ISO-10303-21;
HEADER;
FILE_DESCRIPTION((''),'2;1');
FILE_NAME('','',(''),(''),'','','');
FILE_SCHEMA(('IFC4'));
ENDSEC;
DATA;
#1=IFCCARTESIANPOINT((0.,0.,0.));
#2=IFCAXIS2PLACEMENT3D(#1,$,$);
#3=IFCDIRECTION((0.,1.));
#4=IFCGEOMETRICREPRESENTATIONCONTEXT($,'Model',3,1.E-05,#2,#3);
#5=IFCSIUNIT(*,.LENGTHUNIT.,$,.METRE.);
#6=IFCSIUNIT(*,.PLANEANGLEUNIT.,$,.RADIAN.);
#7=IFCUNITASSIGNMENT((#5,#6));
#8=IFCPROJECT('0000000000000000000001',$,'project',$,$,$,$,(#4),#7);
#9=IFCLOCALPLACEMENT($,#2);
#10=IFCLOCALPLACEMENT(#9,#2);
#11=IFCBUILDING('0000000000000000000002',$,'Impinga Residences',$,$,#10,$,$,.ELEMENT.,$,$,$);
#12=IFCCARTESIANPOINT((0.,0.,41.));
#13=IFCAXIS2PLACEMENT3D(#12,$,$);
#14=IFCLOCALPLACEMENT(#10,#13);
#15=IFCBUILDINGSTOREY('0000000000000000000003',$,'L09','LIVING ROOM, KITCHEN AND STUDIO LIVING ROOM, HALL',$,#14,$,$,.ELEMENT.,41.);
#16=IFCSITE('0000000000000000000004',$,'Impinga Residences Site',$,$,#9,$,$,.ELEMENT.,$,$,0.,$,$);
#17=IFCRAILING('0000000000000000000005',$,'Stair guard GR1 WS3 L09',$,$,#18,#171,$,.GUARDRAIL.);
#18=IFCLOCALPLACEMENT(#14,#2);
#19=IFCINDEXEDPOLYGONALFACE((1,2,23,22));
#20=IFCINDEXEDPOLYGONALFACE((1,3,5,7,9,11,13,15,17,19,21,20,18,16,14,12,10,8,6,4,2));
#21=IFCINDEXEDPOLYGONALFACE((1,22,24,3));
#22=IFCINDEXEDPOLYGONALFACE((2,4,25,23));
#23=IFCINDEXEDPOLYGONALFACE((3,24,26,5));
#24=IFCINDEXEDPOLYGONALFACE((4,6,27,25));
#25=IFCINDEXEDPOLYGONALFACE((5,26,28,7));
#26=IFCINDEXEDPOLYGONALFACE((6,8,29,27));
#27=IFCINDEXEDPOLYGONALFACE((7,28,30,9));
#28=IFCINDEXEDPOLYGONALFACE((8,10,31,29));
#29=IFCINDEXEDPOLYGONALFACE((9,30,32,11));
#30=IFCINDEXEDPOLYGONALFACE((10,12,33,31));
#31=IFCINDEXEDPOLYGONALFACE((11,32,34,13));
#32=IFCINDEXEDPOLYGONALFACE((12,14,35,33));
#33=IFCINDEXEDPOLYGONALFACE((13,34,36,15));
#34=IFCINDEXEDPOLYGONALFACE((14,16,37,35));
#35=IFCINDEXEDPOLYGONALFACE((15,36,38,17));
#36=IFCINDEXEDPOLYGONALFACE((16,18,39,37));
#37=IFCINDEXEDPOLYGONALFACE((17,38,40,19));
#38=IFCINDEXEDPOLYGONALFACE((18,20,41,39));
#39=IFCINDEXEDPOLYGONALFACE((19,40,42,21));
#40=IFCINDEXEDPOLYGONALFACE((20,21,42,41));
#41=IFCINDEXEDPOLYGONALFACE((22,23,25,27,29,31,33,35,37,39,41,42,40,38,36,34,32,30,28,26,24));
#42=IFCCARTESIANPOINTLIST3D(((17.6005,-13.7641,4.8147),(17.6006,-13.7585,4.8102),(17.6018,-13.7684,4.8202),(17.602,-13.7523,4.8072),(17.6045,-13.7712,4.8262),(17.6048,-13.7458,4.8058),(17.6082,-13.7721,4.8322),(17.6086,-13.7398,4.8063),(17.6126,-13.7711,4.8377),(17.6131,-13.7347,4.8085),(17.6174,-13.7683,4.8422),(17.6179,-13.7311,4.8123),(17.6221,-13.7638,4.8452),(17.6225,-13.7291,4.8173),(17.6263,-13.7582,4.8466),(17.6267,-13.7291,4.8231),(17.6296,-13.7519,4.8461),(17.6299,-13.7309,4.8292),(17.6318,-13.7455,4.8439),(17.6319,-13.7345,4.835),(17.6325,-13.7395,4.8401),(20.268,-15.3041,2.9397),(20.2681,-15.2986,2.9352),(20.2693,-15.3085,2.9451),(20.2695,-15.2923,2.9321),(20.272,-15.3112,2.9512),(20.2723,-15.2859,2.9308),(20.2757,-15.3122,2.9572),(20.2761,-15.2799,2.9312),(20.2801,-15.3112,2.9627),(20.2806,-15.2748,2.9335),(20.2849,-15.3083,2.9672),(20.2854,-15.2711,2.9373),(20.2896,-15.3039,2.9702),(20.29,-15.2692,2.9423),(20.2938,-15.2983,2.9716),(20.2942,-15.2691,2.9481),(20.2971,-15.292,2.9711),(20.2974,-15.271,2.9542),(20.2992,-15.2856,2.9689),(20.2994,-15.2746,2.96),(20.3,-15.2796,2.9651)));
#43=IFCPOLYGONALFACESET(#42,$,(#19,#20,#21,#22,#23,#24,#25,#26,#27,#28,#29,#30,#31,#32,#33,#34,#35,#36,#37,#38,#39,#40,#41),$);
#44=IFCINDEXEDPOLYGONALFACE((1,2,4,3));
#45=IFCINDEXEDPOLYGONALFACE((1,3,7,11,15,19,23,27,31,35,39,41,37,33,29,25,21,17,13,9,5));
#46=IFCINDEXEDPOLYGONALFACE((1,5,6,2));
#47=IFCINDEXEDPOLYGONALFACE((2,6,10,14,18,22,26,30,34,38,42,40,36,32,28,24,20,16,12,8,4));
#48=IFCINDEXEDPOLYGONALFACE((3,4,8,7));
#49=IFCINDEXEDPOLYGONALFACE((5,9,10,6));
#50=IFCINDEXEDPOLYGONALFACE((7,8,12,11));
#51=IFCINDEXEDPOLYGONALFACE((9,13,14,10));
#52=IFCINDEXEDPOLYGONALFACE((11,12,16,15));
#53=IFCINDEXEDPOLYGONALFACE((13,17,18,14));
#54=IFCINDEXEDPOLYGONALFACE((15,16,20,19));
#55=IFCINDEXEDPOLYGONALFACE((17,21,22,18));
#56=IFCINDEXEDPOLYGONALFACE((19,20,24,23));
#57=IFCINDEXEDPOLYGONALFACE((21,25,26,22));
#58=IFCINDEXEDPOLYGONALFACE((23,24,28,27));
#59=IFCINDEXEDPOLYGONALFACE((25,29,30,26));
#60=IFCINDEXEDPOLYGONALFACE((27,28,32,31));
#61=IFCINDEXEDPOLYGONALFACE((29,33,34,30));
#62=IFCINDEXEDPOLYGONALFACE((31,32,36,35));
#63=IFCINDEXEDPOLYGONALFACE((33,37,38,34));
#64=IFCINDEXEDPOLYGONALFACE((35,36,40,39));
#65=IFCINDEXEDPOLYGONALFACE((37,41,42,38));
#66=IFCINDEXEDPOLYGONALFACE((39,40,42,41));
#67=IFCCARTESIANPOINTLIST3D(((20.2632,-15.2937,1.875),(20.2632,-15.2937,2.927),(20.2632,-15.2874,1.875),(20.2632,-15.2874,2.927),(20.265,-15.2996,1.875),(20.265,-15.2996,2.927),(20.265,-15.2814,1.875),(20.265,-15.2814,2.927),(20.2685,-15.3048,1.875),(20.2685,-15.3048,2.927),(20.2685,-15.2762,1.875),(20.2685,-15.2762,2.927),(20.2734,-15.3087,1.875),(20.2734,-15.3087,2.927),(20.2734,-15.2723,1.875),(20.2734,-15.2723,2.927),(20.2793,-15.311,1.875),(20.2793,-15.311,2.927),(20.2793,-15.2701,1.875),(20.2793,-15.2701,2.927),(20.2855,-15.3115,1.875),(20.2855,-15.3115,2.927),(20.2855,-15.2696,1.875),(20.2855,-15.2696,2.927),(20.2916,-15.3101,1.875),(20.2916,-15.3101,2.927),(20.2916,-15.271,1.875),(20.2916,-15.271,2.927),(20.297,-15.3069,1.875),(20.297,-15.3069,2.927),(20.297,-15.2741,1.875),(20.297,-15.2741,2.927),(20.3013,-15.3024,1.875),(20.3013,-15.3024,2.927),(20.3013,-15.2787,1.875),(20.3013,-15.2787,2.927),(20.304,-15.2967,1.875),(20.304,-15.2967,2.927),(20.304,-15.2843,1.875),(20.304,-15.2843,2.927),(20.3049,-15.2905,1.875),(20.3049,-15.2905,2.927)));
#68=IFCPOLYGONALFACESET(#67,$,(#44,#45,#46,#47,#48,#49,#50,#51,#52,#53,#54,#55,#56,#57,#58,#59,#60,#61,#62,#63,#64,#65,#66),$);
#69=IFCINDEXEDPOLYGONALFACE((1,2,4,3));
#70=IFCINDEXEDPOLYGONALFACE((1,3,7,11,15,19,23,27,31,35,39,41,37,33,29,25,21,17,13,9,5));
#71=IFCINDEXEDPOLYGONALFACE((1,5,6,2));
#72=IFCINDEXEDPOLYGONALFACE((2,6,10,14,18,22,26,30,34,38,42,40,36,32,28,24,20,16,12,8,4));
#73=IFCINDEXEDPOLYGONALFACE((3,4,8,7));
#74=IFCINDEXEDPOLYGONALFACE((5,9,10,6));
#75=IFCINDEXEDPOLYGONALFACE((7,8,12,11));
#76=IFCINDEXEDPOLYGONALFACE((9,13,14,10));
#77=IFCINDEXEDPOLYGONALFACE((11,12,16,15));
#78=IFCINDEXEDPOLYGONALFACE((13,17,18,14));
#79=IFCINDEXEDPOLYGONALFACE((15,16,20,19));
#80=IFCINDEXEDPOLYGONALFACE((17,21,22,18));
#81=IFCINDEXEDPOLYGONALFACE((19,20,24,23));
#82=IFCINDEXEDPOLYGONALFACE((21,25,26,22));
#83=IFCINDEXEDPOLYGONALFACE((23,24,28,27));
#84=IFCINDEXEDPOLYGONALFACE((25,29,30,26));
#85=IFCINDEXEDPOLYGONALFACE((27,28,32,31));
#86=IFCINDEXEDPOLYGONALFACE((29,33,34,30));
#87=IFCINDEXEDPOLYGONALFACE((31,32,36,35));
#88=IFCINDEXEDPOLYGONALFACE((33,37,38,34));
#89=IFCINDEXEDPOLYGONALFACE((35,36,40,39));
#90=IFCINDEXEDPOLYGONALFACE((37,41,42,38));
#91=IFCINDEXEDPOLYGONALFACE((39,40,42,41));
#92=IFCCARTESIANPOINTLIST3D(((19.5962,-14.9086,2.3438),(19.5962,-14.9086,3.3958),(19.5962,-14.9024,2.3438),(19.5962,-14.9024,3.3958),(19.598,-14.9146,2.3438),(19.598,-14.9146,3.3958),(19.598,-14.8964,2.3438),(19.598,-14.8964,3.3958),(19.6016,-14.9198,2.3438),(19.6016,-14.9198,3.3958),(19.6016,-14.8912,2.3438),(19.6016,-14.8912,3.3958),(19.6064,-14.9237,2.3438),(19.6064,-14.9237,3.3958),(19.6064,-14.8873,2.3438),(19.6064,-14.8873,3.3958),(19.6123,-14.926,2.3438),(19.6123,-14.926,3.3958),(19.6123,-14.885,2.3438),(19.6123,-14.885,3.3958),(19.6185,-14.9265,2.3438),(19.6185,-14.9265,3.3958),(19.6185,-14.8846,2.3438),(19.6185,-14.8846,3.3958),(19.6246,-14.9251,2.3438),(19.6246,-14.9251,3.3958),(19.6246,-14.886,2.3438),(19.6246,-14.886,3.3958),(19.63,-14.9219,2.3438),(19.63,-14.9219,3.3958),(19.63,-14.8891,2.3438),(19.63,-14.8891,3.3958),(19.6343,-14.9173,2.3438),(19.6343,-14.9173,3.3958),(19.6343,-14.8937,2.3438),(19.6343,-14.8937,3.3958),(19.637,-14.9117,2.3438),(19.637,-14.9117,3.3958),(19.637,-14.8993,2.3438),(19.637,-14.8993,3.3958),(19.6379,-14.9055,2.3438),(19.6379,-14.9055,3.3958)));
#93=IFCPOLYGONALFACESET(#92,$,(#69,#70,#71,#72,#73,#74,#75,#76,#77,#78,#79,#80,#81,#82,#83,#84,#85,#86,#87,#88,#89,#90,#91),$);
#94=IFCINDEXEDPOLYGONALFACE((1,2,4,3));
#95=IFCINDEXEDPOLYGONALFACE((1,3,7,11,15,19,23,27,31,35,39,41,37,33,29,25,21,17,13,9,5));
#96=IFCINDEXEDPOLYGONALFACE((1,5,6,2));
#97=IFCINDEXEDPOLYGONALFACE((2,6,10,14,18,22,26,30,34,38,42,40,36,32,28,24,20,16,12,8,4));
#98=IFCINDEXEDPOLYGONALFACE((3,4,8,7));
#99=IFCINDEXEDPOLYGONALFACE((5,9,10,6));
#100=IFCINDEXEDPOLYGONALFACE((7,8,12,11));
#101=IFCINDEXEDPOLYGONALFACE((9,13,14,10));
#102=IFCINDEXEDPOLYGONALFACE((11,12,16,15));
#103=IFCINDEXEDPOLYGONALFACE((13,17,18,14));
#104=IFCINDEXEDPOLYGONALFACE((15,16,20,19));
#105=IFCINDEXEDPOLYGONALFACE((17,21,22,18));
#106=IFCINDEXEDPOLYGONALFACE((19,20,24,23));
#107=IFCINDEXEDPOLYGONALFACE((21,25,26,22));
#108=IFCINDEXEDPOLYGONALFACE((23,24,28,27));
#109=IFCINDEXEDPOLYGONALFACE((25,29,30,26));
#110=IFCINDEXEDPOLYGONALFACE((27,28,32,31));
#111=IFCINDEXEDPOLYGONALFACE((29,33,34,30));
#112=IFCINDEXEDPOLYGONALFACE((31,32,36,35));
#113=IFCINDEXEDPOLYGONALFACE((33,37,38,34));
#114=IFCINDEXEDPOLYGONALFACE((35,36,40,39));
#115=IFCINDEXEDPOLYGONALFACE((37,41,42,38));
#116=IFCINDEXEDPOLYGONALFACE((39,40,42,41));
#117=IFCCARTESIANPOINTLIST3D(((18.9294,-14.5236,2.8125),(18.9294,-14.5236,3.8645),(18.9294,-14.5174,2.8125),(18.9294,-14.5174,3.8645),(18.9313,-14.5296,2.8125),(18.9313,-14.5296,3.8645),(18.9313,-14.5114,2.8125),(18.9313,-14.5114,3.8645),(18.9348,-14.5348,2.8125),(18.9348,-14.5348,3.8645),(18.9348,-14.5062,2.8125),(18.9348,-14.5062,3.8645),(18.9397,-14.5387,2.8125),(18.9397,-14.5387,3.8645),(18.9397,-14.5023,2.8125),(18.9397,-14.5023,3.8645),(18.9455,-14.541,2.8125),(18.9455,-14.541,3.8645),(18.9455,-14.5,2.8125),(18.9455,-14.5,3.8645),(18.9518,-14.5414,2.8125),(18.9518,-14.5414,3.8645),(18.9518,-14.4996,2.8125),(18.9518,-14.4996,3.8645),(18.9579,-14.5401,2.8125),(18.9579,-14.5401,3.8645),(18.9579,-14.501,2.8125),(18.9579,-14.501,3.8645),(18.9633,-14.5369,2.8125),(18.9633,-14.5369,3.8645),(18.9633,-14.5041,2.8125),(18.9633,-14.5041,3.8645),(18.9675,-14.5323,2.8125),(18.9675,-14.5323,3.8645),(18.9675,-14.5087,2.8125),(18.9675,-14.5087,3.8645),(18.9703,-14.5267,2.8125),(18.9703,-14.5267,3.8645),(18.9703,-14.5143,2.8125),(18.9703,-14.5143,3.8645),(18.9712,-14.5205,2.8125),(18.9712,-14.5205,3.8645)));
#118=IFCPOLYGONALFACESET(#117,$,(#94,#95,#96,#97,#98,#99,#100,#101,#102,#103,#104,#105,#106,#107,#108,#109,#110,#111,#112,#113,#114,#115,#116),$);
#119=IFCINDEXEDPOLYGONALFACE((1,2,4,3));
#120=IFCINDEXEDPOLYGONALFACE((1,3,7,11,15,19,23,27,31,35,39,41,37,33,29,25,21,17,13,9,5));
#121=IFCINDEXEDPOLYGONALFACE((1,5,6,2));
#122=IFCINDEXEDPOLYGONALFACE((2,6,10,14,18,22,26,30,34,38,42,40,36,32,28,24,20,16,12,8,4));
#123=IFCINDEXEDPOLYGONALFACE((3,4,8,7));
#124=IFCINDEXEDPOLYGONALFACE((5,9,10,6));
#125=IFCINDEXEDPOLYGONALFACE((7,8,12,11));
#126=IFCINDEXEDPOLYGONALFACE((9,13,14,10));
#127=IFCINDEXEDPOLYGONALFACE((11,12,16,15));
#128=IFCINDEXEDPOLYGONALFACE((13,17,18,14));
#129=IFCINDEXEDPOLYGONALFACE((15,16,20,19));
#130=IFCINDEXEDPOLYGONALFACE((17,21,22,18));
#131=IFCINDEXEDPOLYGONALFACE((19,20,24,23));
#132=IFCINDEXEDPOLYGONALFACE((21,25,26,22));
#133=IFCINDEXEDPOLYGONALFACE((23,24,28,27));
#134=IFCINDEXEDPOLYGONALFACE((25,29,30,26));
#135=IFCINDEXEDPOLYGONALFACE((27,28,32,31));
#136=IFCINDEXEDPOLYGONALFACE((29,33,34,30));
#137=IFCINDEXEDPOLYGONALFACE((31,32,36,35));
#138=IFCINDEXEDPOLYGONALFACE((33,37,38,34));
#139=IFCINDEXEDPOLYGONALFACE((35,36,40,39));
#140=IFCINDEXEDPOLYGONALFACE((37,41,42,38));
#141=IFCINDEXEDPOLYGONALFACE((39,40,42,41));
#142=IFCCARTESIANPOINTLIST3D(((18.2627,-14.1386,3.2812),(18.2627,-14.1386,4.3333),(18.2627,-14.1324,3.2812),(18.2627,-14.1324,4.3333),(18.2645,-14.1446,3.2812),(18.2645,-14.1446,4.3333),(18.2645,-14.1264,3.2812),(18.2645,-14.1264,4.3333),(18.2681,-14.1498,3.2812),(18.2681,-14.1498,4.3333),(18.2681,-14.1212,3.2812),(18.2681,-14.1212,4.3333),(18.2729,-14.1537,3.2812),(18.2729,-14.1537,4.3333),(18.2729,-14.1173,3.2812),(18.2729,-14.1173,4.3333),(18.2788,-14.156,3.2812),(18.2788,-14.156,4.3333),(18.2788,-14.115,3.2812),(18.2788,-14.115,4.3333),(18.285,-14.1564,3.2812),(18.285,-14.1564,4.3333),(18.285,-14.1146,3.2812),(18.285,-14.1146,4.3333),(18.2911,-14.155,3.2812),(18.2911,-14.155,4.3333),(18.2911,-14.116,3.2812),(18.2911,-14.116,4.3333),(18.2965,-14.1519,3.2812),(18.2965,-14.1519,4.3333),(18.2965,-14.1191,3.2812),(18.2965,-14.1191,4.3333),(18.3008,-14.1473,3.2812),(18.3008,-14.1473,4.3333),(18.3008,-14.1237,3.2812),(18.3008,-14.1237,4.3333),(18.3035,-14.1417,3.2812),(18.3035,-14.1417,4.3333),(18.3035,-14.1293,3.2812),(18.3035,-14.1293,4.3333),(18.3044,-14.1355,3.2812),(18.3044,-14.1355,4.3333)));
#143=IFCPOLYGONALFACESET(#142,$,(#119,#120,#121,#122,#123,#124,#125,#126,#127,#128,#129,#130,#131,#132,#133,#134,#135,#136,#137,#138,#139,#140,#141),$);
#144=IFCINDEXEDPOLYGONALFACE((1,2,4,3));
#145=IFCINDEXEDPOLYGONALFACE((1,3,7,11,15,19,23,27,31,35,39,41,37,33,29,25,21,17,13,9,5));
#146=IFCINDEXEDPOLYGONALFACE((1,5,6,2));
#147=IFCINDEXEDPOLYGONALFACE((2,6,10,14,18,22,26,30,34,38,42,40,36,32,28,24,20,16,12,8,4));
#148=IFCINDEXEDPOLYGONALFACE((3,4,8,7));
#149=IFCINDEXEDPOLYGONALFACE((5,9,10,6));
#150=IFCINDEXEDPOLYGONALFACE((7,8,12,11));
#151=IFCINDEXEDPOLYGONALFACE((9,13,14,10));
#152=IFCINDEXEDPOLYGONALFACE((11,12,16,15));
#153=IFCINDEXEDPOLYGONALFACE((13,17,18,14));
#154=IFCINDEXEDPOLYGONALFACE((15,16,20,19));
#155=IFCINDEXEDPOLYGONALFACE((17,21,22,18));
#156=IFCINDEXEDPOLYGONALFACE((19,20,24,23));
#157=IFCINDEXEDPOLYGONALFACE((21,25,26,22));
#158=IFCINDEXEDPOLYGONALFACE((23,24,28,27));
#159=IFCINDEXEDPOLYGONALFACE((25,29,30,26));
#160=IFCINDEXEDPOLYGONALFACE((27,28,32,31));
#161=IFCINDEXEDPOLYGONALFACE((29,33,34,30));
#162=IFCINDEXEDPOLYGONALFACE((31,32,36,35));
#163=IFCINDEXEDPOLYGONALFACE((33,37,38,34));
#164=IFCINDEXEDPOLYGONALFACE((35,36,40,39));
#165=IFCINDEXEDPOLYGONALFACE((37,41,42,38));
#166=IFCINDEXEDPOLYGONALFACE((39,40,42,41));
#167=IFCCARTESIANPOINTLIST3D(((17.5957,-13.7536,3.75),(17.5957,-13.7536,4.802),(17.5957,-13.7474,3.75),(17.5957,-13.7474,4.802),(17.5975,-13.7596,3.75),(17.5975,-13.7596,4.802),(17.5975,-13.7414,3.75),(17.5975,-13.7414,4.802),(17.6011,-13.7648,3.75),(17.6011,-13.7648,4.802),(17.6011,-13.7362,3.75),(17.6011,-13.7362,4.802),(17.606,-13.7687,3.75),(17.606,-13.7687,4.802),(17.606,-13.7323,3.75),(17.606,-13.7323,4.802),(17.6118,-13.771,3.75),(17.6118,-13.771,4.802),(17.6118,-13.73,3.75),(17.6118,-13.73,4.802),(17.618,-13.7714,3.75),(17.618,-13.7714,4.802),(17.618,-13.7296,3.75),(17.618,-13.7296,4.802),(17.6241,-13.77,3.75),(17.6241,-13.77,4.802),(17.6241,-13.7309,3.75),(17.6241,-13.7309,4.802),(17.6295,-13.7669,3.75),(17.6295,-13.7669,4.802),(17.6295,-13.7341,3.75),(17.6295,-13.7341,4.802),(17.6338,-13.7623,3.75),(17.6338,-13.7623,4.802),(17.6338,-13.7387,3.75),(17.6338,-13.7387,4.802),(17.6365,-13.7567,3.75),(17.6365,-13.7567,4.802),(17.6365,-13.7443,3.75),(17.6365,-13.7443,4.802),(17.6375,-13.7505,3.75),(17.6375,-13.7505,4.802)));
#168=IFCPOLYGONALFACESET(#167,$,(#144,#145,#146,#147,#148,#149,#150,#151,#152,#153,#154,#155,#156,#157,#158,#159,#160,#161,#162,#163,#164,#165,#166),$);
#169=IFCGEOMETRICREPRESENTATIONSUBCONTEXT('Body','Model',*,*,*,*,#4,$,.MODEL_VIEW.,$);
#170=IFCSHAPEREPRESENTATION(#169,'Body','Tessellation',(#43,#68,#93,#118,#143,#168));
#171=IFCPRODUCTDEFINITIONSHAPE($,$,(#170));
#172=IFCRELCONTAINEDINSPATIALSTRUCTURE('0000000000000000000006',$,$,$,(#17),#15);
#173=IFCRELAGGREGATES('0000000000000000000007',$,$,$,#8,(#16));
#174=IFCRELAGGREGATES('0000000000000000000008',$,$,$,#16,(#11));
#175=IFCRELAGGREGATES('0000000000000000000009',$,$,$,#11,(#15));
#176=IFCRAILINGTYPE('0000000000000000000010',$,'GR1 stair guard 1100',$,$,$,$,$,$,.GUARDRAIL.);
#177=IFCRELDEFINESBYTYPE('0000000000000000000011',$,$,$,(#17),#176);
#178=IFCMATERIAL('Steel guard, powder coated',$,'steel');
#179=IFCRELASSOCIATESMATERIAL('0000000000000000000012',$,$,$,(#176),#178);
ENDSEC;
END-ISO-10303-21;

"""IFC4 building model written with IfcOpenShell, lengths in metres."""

from ifc_helpers import new_model, si_unit, direction, frame, origin, origin_2d, place, context, subcontext, project, spatial, circle, extrude, material, type_object, element, save


model = new_model("IFC4")

# Units and contexts
model_context = context("Model", 3, precision=1e-05, world=origin(), true_north=direction((0.0, 1.0)))
body_context = subcontext(model_context, "Body", "Model", "MODEL_VIEW")
ifc_project = project(units=[si_unit("LENGTHUNIT", "METRE"), si_unit("PLANEANGLEUNIT", "RADIAN")], contexts=[model_context])

# Site, building, storey
site_placement = place(None, origin())
site = spatial("IfcSite", under=ifc_project, at=site_placement, Name="Impinga Residences Site", CompositionType="ELEMENT", RefElevation=0.0)
building_placement = place(site_placement, origin())
building = spatial("IfcBuilding", under=site, at=building_placement, Name="Impinga Residences", CompositionType="ELEMENT")
storey_placement = place(building_placement, frame((0.0, 0.0, 41.0)))
storey = spatial("IfcBuildingStorey", under=building, at=storey_placement, Name="L09", Description="LIVING ROOM, KITCHEN AND STUDIO LIVING ROOM, HALL", CompositionType="ELEMENT", Elevation=41.0)

# Railing
ifc_material_1 = material(Name="Steel guard, powder coated", Category="steel")
railing_type = type_object("IfcRailingType", Name="GR1 stair guard 1100", PredefinedType="GUARDRAIL", material=ifc_material_1)
railing_placement = place(storey_placement, frame((20.2839, -15.2905, 1.875)))
element("IfcRailing", 1, at=railing_placement, inside=storey, type_object=railing_type, Name="Stair guard GR1 WS3 L09", PredefinedType="GUARDRAIL", context=body_context, shape_type="SweptSolid", body=[
    extrude(circle(Radius=0.0239, at=origin_2d()), frame((0.0, 0.0, 1.0762), z_axis=(-0.739746, 0.427084, 0.519975), x_axis=(-0.499992, -0.86603, 0.0)), (0.0, 0.0, 1.0), 3.606),
    extrude(circle(Radius=0.021, at=origin_2d()), origin(), (0.0, 0.0, 1.0), 1.052),
    extrude(circle(Radius=0.021, at=origin_2d()), frame((-0.667, 0.385, 0.4688)), (0.0, 0.0, 1.0), 1.052),
    extrude(circle(Radius=0.021, at=origin_2d()), frame((-1.3337, 0.77, 0.9375)), (0.0, 0.0, 1.0), 1.052),
    extrude(circle(Radius=0.021, at=origin_2d()), frame((-2.0005, 1.155, 1.4062)), (0.0, 0.0, 1.0), 1.052),
    extrude(circle(Radius=0.021, at=origin_2d()), frame((-2.6675, 1.54, 1.875)), (0.0, 0.0, 1.0), 1.052),
])

save(model, "model.ifc")
